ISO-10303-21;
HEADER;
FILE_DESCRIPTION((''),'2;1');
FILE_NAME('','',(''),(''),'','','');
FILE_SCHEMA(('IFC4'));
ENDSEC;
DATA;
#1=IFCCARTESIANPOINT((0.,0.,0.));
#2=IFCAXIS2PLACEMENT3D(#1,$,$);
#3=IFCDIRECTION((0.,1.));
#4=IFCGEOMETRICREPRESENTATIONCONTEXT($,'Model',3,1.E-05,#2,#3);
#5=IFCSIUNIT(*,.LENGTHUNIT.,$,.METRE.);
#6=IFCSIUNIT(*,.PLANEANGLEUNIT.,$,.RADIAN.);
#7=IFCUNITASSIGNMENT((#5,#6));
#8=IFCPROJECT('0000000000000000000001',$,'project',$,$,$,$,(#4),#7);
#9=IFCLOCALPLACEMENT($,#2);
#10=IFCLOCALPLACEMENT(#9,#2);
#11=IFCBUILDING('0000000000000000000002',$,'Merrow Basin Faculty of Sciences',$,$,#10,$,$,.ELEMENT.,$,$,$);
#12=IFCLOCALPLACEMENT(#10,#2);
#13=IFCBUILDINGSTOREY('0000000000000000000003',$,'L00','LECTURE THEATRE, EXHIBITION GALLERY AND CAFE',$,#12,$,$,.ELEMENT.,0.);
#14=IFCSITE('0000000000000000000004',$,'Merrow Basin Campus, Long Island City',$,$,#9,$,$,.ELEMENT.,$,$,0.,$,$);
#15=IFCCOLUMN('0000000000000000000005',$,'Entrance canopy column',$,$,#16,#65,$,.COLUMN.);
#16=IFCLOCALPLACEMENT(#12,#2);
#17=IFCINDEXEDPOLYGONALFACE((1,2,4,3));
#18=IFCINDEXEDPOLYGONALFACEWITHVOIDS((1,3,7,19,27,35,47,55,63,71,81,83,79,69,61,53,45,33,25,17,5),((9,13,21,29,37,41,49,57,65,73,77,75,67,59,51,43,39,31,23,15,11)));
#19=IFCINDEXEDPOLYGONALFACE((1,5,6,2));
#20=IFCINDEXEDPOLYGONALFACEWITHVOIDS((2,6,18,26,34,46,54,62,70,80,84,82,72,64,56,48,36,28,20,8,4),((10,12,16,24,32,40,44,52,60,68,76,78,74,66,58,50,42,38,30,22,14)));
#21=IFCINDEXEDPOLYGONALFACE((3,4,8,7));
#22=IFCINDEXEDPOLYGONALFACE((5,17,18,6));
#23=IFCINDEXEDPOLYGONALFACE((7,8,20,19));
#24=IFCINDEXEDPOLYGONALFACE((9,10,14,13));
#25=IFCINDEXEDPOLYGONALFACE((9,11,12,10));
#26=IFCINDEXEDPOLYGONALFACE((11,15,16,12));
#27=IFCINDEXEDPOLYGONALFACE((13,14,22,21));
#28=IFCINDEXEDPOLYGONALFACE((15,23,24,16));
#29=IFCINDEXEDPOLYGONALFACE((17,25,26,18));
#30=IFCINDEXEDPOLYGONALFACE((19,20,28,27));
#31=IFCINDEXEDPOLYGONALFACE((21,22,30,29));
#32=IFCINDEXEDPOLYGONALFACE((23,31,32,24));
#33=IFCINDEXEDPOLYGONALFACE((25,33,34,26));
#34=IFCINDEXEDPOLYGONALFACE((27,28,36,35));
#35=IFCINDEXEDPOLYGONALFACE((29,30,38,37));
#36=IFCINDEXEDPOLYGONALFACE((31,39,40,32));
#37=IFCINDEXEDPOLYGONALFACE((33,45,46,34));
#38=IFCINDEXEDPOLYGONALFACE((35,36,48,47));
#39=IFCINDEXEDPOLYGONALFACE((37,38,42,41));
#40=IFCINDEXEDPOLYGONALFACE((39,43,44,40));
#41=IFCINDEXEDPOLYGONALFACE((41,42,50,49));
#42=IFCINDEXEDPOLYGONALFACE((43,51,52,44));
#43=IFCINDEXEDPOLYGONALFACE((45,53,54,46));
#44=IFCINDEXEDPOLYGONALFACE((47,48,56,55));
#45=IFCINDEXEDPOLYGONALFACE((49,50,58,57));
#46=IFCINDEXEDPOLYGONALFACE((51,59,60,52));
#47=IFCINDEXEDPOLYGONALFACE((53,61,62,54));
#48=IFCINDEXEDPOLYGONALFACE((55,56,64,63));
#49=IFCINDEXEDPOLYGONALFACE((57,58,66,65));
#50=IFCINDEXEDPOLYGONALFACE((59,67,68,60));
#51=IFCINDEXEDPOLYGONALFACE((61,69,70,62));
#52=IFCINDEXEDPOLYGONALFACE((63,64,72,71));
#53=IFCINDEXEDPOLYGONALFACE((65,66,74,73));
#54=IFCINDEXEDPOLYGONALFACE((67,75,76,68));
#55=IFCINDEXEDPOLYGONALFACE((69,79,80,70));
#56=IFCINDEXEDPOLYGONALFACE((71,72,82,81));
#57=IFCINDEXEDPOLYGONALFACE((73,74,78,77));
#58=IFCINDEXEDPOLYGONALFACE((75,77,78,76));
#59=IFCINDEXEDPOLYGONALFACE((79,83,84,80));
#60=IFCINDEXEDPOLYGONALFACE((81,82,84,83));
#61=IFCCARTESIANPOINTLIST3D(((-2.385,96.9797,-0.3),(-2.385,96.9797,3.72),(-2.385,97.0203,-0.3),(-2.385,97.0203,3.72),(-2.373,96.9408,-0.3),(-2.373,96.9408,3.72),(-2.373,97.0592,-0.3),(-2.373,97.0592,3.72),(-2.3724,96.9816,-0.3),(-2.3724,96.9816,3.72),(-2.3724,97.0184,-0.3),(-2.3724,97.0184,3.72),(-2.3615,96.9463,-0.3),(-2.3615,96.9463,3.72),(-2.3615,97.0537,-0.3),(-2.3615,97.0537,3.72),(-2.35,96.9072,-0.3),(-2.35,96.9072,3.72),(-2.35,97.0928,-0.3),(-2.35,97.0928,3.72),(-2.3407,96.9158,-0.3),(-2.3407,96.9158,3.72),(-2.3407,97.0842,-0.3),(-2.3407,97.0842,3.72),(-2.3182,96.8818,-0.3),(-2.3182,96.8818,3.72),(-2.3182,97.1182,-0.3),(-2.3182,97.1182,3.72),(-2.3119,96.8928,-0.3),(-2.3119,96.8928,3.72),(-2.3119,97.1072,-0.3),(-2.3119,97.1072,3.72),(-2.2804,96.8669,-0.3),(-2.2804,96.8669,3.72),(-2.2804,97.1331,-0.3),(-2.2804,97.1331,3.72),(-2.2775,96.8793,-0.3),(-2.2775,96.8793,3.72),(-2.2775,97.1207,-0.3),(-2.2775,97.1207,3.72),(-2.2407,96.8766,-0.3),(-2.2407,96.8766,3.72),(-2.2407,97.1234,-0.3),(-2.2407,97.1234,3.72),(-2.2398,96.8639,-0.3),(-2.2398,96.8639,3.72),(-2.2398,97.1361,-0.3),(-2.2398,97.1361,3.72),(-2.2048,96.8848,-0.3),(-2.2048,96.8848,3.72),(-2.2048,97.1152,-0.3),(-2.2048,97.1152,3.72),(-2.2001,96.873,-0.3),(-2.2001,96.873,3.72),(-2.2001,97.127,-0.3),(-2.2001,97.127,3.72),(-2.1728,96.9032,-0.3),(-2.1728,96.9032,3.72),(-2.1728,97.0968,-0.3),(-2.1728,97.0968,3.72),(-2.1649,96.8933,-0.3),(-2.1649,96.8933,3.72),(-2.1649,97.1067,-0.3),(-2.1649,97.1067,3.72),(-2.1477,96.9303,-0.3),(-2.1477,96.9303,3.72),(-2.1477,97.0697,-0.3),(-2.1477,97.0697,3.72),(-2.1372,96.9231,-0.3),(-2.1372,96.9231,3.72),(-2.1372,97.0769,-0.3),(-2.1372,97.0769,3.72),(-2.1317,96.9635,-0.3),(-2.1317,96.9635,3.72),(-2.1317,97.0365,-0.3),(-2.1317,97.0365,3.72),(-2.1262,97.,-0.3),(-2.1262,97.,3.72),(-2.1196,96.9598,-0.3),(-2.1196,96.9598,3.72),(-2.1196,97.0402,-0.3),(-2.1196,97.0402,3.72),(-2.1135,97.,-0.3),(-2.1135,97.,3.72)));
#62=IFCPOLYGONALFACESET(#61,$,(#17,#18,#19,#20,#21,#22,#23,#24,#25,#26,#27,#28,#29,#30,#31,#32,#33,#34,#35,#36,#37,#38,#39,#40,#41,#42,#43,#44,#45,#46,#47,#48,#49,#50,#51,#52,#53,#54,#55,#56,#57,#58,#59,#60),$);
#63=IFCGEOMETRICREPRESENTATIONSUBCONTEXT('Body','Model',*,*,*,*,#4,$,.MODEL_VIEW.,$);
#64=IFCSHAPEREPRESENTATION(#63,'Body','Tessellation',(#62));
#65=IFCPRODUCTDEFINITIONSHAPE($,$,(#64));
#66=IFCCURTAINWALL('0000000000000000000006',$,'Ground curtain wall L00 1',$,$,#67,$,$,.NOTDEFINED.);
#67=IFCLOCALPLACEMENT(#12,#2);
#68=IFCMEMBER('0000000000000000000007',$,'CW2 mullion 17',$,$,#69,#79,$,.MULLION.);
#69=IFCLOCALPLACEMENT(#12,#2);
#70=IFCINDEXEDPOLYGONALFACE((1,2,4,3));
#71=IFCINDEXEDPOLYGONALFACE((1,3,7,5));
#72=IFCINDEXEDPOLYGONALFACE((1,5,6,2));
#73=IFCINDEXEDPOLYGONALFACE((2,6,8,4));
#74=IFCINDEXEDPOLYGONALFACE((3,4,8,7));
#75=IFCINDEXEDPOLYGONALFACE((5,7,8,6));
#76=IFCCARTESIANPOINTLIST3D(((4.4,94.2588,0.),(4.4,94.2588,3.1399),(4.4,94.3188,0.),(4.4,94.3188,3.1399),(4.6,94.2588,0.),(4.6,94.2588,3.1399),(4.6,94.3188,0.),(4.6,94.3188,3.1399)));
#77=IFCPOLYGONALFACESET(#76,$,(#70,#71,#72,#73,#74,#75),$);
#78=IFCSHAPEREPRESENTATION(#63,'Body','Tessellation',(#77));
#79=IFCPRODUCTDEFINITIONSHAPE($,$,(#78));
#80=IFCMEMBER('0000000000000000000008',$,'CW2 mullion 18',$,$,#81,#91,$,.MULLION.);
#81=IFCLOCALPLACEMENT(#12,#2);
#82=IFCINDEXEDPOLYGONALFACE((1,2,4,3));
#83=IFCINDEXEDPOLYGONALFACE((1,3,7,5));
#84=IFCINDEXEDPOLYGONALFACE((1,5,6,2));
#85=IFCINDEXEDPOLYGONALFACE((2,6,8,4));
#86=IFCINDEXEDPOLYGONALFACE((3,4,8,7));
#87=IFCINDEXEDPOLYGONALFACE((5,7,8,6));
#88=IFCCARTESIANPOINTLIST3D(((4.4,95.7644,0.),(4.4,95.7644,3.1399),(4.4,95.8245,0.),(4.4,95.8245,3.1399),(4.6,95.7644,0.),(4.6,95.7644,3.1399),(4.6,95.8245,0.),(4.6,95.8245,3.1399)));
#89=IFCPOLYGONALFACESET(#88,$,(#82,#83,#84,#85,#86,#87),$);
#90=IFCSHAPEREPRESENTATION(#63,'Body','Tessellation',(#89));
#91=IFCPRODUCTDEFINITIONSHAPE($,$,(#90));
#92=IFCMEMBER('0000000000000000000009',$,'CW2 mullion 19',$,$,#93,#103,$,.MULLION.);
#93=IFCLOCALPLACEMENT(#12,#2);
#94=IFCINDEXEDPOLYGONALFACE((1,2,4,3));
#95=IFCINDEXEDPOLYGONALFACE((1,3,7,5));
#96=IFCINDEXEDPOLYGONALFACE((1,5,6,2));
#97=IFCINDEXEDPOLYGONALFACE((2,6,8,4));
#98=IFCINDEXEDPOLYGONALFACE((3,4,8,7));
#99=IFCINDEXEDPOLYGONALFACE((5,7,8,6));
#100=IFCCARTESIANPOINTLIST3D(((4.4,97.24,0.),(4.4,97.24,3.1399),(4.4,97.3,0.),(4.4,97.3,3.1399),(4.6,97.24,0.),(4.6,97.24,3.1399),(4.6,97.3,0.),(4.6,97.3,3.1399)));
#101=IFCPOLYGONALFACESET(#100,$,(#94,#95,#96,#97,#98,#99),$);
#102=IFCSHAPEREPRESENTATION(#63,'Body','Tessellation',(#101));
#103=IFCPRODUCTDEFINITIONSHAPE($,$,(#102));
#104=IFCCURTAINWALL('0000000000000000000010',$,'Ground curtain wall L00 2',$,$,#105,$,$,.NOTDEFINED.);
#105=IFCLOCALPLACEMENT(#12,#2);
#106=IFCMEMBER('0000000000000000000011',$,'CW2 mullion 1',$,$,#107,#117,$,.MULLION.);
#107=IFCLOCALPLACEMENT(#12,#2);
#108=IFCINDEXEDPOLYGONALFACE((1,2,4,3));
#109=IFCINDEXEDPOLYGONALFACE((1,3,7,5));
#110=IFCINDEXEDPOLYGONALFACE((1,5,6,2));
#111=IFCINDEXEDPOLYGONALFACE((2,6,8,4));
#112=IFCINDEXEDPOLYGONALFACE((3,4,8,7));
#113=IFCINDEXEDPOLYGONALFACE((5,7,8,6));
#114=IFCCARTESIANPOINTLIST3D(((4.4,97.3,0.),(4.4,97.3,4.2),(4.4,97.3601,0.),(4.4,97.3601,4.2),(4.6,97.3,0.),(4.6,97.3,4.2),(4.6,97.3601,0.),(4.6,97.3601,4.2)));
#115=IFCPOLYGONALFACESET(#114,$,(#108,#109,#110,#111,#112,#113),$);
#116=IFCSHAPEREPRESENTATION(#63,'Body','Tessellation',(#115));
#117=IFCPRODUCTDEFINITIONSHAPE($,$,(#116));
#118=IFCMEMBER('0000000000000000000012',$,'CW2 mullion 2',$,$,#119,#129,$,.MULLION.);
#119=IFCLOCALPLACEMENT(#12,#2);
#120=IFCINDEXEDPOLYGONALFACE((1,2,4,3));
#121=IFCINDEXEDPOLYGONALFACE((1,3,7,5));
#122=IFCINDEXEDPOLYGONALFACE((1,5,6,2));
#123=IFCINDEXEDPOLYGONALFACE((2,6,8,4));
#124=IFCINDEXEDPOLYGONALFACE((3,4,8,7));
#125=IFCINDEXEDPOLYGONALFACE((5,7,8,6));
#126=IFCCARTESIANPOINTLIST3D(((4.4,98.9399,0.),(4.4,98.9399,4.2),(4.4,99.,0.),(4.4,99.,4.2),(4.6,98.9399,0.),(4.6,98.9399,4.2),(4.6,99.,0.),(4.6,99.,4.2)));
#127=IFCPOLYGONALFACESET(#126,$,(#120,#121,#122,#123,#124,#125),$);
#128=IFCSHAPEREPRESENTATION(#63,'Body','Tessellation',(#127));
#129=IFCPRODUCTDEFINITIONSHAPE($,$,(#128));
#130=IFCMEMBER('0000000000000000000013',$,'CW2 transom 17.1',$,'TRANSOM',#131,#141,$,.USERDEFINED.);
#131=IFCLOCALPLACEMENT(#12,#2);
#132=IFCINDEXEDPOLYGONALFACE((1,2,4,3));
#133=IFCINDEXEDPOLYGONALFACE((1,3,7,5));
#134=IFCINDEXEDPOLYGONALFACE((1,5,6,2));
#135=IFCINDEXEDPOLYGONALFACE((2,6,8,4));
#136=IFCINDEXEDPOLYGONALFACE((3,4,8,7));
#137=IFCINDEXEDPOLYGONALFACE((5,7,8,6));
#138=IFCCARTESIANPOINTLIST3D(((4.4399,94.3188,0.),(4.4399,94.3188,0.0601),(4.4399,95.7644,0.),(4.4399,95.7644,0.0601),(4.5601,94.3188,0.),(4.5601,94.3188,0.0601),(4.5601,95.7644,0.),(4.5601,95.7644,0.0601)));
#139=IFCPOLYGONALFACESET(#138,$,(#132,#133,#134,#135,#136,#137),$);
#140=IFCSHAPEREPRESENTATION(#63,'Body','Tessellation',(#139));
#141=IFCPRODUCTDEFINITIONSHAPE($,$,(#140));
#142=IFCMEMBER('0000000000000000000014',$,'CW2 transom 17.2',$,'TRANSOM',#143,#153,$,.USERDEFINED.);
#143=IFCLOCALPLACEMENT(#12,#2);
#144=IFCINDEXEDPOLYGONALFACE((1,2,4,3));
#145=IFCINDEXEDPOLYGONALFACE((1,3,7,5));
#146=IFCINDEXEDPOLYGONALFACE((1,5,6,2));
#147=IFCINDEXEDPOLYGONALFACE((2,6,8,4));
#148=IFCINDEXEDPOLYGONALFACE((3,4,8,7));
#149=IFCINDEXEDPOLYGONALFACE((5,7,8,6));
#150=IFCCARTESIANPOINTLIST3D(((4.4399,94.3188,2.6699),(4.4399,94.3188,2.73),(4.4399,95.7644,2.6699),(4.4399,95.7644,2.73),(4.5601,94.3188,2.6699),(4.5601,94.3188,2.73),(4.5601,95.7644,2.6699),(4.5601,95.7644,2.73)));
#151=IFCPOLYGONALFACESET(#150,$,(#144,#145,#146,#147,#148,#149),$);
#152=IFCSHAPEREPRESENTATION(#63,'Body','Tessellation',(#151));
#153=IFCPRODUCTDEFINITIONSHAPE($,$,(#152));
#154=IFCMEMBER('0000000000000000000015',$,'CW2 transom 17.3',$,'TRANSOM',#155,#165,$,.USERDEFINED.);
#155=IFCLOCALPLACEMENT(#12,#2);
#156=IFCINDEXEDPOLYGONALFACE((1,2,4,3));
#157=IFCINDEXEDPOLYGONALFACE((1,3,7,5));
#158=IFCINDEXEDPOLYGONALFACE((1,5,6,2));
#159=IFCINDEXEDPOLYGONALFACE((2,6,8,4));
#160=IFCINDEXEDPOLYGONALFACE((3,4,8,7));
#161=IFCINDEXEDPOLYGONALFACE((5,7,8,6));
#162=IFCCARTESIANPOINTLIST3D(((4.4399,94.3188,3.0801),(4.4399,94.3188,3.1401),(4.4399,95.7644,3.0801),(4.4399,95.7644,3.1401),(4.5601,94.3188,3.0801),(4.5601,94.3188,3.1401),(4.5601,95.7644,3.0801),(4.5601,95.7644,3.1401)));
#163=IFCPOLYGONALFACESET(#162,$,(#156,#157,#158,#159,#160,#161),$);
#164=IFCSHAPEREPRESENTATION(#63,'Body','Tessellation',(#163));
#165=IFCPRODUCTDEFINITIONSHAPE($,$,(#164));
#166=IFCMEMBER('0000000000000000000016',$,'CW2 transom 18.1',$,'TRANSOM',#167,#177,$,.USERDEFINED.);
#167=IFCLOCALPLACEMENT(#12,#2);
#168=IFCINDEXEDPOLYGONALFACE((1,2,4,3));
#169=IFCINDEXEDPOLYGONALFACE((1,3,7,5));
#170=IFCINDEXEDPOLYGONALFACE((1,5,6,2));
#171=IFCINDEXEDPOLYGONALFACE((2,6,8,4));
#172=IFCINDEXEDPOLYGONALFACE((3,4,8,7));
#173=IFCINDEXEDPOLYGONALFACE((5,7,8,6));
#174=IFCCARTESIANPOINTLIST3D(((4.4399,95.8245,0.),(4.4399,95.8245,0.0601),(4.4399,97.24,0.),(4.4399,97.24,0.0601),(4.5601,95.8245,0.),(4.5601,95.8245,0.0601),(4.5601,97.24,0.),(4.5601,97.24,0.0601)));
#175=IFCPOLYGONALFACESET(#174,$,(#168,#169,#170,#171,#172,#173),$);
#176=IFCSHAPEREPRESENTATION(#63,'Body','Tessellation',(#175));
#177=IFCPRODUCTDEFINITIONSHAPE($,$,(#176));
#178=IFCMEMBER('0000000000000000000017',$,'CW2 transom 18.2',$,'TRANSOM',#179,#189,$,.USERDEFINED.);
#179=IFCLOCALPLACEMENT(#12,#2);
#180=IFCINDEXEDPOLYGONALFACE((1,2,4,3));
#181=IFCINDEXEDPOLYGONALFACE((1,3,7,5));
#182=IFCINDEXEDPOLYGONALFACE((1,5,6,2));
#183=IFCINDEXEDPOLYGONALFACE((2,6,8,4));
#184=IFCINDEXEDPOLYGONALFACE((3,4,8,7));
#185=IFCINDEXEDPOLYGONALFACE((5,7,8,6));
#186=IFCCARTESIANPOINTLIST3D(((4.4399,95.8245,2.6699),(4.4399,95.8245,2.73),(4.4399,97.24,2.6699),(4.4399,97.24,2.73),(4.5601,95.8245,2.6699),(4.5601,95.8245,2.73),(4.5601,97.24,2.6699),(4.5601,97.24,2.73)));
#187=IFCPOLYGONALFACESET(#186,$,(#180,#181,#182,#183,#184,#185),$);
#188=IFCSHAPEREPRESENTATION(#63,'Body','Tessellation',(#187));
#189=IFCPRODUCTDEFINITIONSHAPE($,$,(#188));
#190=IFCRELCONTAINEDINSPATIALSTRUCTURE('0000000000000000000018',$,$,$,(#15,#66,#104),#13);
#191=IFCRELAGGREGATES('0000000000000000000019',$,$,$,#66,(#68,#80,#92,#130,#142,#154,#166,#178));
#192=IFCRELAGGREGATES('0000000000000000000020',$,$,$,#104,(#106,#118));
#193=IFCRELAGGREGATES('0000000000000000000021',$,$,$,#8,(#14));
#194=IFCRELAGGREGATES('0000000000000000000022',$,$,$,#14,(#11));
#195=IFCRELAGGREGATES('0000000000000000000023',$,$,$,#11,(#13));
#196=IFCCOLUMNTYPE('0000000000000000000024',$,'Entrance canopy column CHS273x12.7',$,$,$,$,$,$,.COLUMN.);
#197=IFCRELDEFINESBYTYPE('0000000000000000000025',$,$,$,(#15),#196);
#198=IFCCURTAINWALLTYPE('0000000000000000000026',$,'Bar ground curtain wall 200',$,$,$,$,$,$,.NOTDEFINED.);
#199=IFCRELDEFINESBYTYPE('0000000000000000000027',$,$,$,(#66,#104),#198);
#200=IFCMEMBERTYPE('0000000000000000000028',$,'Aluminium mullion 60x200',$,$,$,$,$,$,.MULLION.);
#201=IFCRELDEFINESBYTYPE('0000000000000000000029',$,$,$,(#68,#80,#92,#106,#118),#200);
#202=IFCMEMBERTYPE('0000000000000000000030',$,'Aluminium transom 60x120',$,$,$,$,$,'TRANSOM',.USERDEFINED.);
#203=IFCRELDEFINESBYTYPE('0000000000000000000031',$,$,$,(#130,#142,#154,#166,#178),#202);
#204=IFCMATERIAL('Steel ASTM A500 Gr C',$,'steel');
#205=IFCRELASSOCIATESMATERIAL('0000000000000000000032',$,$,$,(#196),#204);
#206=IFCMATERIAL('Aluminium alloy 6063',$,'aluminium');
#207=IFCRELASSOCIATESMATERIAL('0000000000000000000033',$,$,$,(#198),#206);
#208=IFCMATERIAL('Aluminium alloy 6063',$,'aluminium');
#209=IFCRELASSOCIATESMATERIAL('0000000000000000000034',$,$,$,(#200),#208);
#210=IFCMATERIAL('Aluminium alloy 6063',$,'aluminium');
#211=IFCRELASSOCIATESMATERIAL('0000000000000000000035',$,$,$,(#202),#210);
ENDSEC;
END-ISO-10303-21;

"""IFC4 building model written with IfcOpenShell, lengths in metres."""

from ifc_helpers import new_model, si_unit, direction, frame, origin, origin_2d, place, context, subcontext, project, spatial, rectangle, hollow_circle, extrude, material, material_profile, profile_set, type_object, element, aggregate, save


model = new_model("IFC4")

# Units and contexts
model_context = context("Model", 3, precision=1e-05, world=origin(), true_north=direction((0.0, 1.0)))
body_context = subcontext(model_context, "Body", "Model", "MODEL_VIEW")
ifc_project = project(units=[si_unit("LENGTHUNIT", "METRE"), si_unit("PLANEANGLEUNIT", "RADIAN")], contexts=[model_context])

# Site, building, storey
site_placement = place(None, origin())
site = spatial("IfcSite", under=ifc_project, at=site_placement, Name="Merrow Basin Campus, Long Island City", CompositionType="ELEMENT", RefElevation=0.0)
building_placement = place(site_placement, origin())
building = spatial("IfcBuilding", under=site, at=building_placement, Name="Merrow Basin Faculty of Sciences", CompositionType="ELEMENT")
storey_placement = place(building_placement, origin())
storey = spatial("IfcBuildingStorey", under=building, at=storey_placement, Name="L00", Description="LECTURE THEATRE, EXHIBITION GALLERY AND CAFE", CompositionType="ELEMENT", Elevation=0.0)

# Column
ifc_material_1 = material(Name="Steel ASTM A500 Gr C", Category="steel")
ifc_material_profile_1 = material_profile(ifc_material_1, hollow_circle(Radius=0.1365, WallThickness=0.0127, at=origin_2d()))
ifc_profile_set_1 = profile_set([ifc_material_profile_1], Name="Steel ASTM A500 Gr C")
column_type_1 = type_object("IfcColumnType", Name="Entrance canopy column CHS273x12.7", PredefinedType="COLUMN", material=ifc_profile_set_1)
column_1_placement = place(storey_placement, frame((-2.25, 97.0, -0.3), z_axis=(0.0, 0.0, 1.0), x_axis=(1.0, 0.0, 0.0)))
element("IfcColumn", 1, at=column_1_placement, inside=storey, type_object=column_type_1, Name="Entrance canopy column", PredefinedType="COLUMN", context=body_context, shape_type="SweptSolid", body=[
    extrude(hollow_circle(Radius=0.1365, WallThickness=0.0127, at=origin_2d()), origin(), (0.0, 0.0, 1.0), 4.02),
])

# Curtain walls, members
ifc_material_2 = material(Name="Aluminium alloy 6063", Category="aluminium")
curtain_wall_type = type_object("IfcCurtainWallType", Name="Bar ground curtain wall 200", PredefinedType="NOTDEFINED", material=ifc_material_2)
curtain_wall_1_placement = place(storey_placement, origin())
curtain_wall_1 = element("IfcCurtainWall", 2, at=curtain_wall_1_placement, inside=storey, type_object=curtain_wall_type, Name="Ground curtain wall L00 1", PredefinedType="NOTDEFINED")
ifc_material_3 = material(Name="Aluminium alloy 6063", Category="aluminium")
ifc_material_profile_2 = material_profile(ifc_material_3, rectangle(XDim=0.2, YDim=0.0601, at=origin_2d()))
ifc_profile_set_2 = profile_set([ifc_material_profile_2], Name="Aluminium alloy 6063")
member_type_1 = type_object("IfcMemberType", Name="Aluminium mullion 60x200", PredefinedType="MULLION", material=ifc_profile_set_2)
member_1_placement = place(storey_placement, frame((4.5, 94.2888, 0.0), z_axis=(0.0, 0.0, 1.0), x_axis=(-1.0, 0.0, 0.0)))
member_1 = element("IfcMember", 3, at=member_1_placement, type_object=member_type_1, Name="CW2 mullion 17", PredefinedType="MULLION", context=body_context, shape_type="SweptSolid", body=[
    extrude(rectangle(XDim=0.2, YDim=0.0601, at=origin_2d()), origin(), (0.0, 0.0, 1.0), 3.1399),
])
member_2_placement = place(storey_placement, frame((4.5, 95.7944, 0.0), z_axis=(0.0, 0.0, 1.0), x_axis=(-1.0, 0.0, 0.0)))
member_2 = element("IfcMember", 4, at=member_2_placement, type_object=member_type_1, Name="CW2 mullion 18", PredefinedType="MULLION", context=body_context, shape_type="SweptSolid", body=[
    extrude(rectangle(XDim=0.2, YDim=0.0601, at=origin_2d()), origin(), (0.0, 0.0, 1.0), 3.1399),
])
member_3_placement = place(storey_placement, frame((4.5, 97.27, 0.0), z_axis=(0.0, 0.0, 1.0), x_axis=(-1.0, 0.0, 0.0)))
member_3 = element("IfcMember", 5, at=member_3_placement, type_object=member_type_1, Name="CW2 mullion 19", PredefinedType="MULLION", context=body_context, shape_type="SweptSolid", body=[
    extrude(rectangle(XDim=0.2, YDim=0.0601, at=origin_2d()), origin(), (0.0, 0.0, 1.0), 3.1399),
])
curtain_wall_2_placement = place(storey_placement, origin())
curtain_wall_2 = element("IfcCurtainWall", 6, at=curtain_wall_2_placement, inside=storey, type_object=curtain_wall_type, Name="Ground curtain wall L00 2", PredefinedType="NOTDEFINED")
member_4_placement = place(storey_placement, frame((4.5, 97.3301, 0.0), z_axis=(0.0, 0.0, 1.0), x_axis=(-1.0, 0.0, 0.0)))
member_4 = element("IfcMember", 7, at=member_4_placement, type_object=member_type_1, Name="CW2 mullion 1", PredefinedType="MULLION", context=body_context, shape_type="SweptSolid", body=[
    extrude(rectangle(XDim=0.2, YDim=0.0601, at=origin_2d()), origin(), (0.0, 0.0, 1.0), 4.2),
])
member_5_placement = place(storey_placement, frame((4.5, 98.97, 0.0), z_axis=(0.0, 0.0, 1.0), x_axis=(-1.0, 0.0, 0.0)))
member_5 = element("IfcMember", 8, at=member_5_placement, type_object=member_type_1, Name="CW2 mullion 2", PredefinedType="MULLION", context=body_context, shape_type="SweptSolid", body=[
    extrude(rectangle(XDim=0.2, YDim=0.0601, at=origin_2d()), origin(), (0.0, 0.0, 1.0), 4.2),
])

# Members
ifc_material_4 = material(Name="Aluminium alloy 6063", Category="aluminium")
ifc_material_profile_3 = material_profile(ifc_material_4, rectangle(XDim=0.1201, YDim=0.0601, at=origin_2d()))
ifc_profile_set_3 = profile_set([ifc_material_profile_3], Name="Aluminium alloy 6063")
member_type_2 = type_object("IfcMemberType", Name="Aluminium transom 60x120", ElementType="TRANSOM", PredefinedType="USERDEFINED", material=ifc_profile_set_3)
member_6_placement = place(storey_placement, frame((4.5, 94.3188, 0.03), z_axis=(0.0, 1.0, 0.0), x_axis=(-1.0, 0.0, 0.0)))
member_6 = element("IfcMember", 9, at=member_6_placement, type_object=member_type_2, Name="CW2 transom 17.1", ObjectType="TRANSOM", PredefinedType="USERDEFINED", context=body_context, shape_type="SweptSolid", body=[
    extrude(rectangle(XDim=0.1201, YDim=0.0601, at=origin_2d()), origin(), (0.0, 0.0, 1.0), 1.4456),
])
member_7_placement = place(storey_placement, frame((4.5, 94.3188, 2.7), z_axis=(0.0, 1.0, 0.0), x_axis=(-1.0, 0.0, 0.0)))
member_7 = element("IfcMember", 10, at=member_7_placement, type_object=member_type_2, Name="CW2 transom 17.2", ObjectType="TRANSOM", PredefinedType="USERDEFINED", context=body_context, shape_type="SweptSolid", body=[
    extrude(rectangle(XDim=0.1201, YDim=0.0601, at=origin_2d()), origin(), (0.0, 0.0, 1.0), 1.4456),
])
member_8_placement = place(storey_placement, frame((4.5, 94.3188, 3.1101), z_axis=(0.0, 1.0, 0.0), x_axis=(-1.0, 0.0, 0.0)))
member_8 = element("IfcMember", 11, at=member_8_placement, type_object=member_type_2, Name="CW2 transom 17.3", ObjectType="TRANSOM", PredefinedType="USERDEFINED", context=body_context, shape_type="SweptSolid", body=[
    extrude(rectangle(XDim=0.1201, YDim=0.0601, at=origin_2d()), origin(), (0.0, 0.0, 1.0), 1.4456),
])
member_9_placement = place(storey_placement, frame((4.5, 95.8245, 0.03), z_axis=(0.0, 1.0, 0.0), x_axis=(-1.0, 0.0, 0.0)))
member_9 = element("IfcMember", 12, at=member_9_placement, type_object=member_type_2, Name="CW2 transom 18.1", ObjectType="TRANSOM", PredefinedType="USERDEFINED", context=body_context, shape_type="SweptSolid", body=[
    extrude(rectangle(XDim=0.1201, YDim=0.0601, at=origin_2d()), origin(), (0.0, 0.0, 1.0), 1.4155),
])
member_10_placement = place(storey_placement, frame((4.5, 95.8245, 2.7), z_axis=(0.0, 1.0, 0.0), x_axis=(-1.0, 0.0, 0.0)))
member_10 = element("IfcMember", 13, at=member_10_placement, type_object=member_type_2, Name="CW2 transom 18.2", ObjectType="TRANSOM", PredefinedType="USERDEFINED", context=body_context, shape_type="SweptSolid", body=[
    extrude(rectangle(XDim=0.1201, YDim=0.0601, at=origin_2d()), origin(), (0.0, 0.0, 1.0), 1.4155),
])

aggregate(curtain_wall_1, [member_1, member_2, member_3, member_6, member_7, member_8, member_9, member_10])
aggregate(curtain_wall_2, [member_4, member_5])

save(model, "model.ifc")
